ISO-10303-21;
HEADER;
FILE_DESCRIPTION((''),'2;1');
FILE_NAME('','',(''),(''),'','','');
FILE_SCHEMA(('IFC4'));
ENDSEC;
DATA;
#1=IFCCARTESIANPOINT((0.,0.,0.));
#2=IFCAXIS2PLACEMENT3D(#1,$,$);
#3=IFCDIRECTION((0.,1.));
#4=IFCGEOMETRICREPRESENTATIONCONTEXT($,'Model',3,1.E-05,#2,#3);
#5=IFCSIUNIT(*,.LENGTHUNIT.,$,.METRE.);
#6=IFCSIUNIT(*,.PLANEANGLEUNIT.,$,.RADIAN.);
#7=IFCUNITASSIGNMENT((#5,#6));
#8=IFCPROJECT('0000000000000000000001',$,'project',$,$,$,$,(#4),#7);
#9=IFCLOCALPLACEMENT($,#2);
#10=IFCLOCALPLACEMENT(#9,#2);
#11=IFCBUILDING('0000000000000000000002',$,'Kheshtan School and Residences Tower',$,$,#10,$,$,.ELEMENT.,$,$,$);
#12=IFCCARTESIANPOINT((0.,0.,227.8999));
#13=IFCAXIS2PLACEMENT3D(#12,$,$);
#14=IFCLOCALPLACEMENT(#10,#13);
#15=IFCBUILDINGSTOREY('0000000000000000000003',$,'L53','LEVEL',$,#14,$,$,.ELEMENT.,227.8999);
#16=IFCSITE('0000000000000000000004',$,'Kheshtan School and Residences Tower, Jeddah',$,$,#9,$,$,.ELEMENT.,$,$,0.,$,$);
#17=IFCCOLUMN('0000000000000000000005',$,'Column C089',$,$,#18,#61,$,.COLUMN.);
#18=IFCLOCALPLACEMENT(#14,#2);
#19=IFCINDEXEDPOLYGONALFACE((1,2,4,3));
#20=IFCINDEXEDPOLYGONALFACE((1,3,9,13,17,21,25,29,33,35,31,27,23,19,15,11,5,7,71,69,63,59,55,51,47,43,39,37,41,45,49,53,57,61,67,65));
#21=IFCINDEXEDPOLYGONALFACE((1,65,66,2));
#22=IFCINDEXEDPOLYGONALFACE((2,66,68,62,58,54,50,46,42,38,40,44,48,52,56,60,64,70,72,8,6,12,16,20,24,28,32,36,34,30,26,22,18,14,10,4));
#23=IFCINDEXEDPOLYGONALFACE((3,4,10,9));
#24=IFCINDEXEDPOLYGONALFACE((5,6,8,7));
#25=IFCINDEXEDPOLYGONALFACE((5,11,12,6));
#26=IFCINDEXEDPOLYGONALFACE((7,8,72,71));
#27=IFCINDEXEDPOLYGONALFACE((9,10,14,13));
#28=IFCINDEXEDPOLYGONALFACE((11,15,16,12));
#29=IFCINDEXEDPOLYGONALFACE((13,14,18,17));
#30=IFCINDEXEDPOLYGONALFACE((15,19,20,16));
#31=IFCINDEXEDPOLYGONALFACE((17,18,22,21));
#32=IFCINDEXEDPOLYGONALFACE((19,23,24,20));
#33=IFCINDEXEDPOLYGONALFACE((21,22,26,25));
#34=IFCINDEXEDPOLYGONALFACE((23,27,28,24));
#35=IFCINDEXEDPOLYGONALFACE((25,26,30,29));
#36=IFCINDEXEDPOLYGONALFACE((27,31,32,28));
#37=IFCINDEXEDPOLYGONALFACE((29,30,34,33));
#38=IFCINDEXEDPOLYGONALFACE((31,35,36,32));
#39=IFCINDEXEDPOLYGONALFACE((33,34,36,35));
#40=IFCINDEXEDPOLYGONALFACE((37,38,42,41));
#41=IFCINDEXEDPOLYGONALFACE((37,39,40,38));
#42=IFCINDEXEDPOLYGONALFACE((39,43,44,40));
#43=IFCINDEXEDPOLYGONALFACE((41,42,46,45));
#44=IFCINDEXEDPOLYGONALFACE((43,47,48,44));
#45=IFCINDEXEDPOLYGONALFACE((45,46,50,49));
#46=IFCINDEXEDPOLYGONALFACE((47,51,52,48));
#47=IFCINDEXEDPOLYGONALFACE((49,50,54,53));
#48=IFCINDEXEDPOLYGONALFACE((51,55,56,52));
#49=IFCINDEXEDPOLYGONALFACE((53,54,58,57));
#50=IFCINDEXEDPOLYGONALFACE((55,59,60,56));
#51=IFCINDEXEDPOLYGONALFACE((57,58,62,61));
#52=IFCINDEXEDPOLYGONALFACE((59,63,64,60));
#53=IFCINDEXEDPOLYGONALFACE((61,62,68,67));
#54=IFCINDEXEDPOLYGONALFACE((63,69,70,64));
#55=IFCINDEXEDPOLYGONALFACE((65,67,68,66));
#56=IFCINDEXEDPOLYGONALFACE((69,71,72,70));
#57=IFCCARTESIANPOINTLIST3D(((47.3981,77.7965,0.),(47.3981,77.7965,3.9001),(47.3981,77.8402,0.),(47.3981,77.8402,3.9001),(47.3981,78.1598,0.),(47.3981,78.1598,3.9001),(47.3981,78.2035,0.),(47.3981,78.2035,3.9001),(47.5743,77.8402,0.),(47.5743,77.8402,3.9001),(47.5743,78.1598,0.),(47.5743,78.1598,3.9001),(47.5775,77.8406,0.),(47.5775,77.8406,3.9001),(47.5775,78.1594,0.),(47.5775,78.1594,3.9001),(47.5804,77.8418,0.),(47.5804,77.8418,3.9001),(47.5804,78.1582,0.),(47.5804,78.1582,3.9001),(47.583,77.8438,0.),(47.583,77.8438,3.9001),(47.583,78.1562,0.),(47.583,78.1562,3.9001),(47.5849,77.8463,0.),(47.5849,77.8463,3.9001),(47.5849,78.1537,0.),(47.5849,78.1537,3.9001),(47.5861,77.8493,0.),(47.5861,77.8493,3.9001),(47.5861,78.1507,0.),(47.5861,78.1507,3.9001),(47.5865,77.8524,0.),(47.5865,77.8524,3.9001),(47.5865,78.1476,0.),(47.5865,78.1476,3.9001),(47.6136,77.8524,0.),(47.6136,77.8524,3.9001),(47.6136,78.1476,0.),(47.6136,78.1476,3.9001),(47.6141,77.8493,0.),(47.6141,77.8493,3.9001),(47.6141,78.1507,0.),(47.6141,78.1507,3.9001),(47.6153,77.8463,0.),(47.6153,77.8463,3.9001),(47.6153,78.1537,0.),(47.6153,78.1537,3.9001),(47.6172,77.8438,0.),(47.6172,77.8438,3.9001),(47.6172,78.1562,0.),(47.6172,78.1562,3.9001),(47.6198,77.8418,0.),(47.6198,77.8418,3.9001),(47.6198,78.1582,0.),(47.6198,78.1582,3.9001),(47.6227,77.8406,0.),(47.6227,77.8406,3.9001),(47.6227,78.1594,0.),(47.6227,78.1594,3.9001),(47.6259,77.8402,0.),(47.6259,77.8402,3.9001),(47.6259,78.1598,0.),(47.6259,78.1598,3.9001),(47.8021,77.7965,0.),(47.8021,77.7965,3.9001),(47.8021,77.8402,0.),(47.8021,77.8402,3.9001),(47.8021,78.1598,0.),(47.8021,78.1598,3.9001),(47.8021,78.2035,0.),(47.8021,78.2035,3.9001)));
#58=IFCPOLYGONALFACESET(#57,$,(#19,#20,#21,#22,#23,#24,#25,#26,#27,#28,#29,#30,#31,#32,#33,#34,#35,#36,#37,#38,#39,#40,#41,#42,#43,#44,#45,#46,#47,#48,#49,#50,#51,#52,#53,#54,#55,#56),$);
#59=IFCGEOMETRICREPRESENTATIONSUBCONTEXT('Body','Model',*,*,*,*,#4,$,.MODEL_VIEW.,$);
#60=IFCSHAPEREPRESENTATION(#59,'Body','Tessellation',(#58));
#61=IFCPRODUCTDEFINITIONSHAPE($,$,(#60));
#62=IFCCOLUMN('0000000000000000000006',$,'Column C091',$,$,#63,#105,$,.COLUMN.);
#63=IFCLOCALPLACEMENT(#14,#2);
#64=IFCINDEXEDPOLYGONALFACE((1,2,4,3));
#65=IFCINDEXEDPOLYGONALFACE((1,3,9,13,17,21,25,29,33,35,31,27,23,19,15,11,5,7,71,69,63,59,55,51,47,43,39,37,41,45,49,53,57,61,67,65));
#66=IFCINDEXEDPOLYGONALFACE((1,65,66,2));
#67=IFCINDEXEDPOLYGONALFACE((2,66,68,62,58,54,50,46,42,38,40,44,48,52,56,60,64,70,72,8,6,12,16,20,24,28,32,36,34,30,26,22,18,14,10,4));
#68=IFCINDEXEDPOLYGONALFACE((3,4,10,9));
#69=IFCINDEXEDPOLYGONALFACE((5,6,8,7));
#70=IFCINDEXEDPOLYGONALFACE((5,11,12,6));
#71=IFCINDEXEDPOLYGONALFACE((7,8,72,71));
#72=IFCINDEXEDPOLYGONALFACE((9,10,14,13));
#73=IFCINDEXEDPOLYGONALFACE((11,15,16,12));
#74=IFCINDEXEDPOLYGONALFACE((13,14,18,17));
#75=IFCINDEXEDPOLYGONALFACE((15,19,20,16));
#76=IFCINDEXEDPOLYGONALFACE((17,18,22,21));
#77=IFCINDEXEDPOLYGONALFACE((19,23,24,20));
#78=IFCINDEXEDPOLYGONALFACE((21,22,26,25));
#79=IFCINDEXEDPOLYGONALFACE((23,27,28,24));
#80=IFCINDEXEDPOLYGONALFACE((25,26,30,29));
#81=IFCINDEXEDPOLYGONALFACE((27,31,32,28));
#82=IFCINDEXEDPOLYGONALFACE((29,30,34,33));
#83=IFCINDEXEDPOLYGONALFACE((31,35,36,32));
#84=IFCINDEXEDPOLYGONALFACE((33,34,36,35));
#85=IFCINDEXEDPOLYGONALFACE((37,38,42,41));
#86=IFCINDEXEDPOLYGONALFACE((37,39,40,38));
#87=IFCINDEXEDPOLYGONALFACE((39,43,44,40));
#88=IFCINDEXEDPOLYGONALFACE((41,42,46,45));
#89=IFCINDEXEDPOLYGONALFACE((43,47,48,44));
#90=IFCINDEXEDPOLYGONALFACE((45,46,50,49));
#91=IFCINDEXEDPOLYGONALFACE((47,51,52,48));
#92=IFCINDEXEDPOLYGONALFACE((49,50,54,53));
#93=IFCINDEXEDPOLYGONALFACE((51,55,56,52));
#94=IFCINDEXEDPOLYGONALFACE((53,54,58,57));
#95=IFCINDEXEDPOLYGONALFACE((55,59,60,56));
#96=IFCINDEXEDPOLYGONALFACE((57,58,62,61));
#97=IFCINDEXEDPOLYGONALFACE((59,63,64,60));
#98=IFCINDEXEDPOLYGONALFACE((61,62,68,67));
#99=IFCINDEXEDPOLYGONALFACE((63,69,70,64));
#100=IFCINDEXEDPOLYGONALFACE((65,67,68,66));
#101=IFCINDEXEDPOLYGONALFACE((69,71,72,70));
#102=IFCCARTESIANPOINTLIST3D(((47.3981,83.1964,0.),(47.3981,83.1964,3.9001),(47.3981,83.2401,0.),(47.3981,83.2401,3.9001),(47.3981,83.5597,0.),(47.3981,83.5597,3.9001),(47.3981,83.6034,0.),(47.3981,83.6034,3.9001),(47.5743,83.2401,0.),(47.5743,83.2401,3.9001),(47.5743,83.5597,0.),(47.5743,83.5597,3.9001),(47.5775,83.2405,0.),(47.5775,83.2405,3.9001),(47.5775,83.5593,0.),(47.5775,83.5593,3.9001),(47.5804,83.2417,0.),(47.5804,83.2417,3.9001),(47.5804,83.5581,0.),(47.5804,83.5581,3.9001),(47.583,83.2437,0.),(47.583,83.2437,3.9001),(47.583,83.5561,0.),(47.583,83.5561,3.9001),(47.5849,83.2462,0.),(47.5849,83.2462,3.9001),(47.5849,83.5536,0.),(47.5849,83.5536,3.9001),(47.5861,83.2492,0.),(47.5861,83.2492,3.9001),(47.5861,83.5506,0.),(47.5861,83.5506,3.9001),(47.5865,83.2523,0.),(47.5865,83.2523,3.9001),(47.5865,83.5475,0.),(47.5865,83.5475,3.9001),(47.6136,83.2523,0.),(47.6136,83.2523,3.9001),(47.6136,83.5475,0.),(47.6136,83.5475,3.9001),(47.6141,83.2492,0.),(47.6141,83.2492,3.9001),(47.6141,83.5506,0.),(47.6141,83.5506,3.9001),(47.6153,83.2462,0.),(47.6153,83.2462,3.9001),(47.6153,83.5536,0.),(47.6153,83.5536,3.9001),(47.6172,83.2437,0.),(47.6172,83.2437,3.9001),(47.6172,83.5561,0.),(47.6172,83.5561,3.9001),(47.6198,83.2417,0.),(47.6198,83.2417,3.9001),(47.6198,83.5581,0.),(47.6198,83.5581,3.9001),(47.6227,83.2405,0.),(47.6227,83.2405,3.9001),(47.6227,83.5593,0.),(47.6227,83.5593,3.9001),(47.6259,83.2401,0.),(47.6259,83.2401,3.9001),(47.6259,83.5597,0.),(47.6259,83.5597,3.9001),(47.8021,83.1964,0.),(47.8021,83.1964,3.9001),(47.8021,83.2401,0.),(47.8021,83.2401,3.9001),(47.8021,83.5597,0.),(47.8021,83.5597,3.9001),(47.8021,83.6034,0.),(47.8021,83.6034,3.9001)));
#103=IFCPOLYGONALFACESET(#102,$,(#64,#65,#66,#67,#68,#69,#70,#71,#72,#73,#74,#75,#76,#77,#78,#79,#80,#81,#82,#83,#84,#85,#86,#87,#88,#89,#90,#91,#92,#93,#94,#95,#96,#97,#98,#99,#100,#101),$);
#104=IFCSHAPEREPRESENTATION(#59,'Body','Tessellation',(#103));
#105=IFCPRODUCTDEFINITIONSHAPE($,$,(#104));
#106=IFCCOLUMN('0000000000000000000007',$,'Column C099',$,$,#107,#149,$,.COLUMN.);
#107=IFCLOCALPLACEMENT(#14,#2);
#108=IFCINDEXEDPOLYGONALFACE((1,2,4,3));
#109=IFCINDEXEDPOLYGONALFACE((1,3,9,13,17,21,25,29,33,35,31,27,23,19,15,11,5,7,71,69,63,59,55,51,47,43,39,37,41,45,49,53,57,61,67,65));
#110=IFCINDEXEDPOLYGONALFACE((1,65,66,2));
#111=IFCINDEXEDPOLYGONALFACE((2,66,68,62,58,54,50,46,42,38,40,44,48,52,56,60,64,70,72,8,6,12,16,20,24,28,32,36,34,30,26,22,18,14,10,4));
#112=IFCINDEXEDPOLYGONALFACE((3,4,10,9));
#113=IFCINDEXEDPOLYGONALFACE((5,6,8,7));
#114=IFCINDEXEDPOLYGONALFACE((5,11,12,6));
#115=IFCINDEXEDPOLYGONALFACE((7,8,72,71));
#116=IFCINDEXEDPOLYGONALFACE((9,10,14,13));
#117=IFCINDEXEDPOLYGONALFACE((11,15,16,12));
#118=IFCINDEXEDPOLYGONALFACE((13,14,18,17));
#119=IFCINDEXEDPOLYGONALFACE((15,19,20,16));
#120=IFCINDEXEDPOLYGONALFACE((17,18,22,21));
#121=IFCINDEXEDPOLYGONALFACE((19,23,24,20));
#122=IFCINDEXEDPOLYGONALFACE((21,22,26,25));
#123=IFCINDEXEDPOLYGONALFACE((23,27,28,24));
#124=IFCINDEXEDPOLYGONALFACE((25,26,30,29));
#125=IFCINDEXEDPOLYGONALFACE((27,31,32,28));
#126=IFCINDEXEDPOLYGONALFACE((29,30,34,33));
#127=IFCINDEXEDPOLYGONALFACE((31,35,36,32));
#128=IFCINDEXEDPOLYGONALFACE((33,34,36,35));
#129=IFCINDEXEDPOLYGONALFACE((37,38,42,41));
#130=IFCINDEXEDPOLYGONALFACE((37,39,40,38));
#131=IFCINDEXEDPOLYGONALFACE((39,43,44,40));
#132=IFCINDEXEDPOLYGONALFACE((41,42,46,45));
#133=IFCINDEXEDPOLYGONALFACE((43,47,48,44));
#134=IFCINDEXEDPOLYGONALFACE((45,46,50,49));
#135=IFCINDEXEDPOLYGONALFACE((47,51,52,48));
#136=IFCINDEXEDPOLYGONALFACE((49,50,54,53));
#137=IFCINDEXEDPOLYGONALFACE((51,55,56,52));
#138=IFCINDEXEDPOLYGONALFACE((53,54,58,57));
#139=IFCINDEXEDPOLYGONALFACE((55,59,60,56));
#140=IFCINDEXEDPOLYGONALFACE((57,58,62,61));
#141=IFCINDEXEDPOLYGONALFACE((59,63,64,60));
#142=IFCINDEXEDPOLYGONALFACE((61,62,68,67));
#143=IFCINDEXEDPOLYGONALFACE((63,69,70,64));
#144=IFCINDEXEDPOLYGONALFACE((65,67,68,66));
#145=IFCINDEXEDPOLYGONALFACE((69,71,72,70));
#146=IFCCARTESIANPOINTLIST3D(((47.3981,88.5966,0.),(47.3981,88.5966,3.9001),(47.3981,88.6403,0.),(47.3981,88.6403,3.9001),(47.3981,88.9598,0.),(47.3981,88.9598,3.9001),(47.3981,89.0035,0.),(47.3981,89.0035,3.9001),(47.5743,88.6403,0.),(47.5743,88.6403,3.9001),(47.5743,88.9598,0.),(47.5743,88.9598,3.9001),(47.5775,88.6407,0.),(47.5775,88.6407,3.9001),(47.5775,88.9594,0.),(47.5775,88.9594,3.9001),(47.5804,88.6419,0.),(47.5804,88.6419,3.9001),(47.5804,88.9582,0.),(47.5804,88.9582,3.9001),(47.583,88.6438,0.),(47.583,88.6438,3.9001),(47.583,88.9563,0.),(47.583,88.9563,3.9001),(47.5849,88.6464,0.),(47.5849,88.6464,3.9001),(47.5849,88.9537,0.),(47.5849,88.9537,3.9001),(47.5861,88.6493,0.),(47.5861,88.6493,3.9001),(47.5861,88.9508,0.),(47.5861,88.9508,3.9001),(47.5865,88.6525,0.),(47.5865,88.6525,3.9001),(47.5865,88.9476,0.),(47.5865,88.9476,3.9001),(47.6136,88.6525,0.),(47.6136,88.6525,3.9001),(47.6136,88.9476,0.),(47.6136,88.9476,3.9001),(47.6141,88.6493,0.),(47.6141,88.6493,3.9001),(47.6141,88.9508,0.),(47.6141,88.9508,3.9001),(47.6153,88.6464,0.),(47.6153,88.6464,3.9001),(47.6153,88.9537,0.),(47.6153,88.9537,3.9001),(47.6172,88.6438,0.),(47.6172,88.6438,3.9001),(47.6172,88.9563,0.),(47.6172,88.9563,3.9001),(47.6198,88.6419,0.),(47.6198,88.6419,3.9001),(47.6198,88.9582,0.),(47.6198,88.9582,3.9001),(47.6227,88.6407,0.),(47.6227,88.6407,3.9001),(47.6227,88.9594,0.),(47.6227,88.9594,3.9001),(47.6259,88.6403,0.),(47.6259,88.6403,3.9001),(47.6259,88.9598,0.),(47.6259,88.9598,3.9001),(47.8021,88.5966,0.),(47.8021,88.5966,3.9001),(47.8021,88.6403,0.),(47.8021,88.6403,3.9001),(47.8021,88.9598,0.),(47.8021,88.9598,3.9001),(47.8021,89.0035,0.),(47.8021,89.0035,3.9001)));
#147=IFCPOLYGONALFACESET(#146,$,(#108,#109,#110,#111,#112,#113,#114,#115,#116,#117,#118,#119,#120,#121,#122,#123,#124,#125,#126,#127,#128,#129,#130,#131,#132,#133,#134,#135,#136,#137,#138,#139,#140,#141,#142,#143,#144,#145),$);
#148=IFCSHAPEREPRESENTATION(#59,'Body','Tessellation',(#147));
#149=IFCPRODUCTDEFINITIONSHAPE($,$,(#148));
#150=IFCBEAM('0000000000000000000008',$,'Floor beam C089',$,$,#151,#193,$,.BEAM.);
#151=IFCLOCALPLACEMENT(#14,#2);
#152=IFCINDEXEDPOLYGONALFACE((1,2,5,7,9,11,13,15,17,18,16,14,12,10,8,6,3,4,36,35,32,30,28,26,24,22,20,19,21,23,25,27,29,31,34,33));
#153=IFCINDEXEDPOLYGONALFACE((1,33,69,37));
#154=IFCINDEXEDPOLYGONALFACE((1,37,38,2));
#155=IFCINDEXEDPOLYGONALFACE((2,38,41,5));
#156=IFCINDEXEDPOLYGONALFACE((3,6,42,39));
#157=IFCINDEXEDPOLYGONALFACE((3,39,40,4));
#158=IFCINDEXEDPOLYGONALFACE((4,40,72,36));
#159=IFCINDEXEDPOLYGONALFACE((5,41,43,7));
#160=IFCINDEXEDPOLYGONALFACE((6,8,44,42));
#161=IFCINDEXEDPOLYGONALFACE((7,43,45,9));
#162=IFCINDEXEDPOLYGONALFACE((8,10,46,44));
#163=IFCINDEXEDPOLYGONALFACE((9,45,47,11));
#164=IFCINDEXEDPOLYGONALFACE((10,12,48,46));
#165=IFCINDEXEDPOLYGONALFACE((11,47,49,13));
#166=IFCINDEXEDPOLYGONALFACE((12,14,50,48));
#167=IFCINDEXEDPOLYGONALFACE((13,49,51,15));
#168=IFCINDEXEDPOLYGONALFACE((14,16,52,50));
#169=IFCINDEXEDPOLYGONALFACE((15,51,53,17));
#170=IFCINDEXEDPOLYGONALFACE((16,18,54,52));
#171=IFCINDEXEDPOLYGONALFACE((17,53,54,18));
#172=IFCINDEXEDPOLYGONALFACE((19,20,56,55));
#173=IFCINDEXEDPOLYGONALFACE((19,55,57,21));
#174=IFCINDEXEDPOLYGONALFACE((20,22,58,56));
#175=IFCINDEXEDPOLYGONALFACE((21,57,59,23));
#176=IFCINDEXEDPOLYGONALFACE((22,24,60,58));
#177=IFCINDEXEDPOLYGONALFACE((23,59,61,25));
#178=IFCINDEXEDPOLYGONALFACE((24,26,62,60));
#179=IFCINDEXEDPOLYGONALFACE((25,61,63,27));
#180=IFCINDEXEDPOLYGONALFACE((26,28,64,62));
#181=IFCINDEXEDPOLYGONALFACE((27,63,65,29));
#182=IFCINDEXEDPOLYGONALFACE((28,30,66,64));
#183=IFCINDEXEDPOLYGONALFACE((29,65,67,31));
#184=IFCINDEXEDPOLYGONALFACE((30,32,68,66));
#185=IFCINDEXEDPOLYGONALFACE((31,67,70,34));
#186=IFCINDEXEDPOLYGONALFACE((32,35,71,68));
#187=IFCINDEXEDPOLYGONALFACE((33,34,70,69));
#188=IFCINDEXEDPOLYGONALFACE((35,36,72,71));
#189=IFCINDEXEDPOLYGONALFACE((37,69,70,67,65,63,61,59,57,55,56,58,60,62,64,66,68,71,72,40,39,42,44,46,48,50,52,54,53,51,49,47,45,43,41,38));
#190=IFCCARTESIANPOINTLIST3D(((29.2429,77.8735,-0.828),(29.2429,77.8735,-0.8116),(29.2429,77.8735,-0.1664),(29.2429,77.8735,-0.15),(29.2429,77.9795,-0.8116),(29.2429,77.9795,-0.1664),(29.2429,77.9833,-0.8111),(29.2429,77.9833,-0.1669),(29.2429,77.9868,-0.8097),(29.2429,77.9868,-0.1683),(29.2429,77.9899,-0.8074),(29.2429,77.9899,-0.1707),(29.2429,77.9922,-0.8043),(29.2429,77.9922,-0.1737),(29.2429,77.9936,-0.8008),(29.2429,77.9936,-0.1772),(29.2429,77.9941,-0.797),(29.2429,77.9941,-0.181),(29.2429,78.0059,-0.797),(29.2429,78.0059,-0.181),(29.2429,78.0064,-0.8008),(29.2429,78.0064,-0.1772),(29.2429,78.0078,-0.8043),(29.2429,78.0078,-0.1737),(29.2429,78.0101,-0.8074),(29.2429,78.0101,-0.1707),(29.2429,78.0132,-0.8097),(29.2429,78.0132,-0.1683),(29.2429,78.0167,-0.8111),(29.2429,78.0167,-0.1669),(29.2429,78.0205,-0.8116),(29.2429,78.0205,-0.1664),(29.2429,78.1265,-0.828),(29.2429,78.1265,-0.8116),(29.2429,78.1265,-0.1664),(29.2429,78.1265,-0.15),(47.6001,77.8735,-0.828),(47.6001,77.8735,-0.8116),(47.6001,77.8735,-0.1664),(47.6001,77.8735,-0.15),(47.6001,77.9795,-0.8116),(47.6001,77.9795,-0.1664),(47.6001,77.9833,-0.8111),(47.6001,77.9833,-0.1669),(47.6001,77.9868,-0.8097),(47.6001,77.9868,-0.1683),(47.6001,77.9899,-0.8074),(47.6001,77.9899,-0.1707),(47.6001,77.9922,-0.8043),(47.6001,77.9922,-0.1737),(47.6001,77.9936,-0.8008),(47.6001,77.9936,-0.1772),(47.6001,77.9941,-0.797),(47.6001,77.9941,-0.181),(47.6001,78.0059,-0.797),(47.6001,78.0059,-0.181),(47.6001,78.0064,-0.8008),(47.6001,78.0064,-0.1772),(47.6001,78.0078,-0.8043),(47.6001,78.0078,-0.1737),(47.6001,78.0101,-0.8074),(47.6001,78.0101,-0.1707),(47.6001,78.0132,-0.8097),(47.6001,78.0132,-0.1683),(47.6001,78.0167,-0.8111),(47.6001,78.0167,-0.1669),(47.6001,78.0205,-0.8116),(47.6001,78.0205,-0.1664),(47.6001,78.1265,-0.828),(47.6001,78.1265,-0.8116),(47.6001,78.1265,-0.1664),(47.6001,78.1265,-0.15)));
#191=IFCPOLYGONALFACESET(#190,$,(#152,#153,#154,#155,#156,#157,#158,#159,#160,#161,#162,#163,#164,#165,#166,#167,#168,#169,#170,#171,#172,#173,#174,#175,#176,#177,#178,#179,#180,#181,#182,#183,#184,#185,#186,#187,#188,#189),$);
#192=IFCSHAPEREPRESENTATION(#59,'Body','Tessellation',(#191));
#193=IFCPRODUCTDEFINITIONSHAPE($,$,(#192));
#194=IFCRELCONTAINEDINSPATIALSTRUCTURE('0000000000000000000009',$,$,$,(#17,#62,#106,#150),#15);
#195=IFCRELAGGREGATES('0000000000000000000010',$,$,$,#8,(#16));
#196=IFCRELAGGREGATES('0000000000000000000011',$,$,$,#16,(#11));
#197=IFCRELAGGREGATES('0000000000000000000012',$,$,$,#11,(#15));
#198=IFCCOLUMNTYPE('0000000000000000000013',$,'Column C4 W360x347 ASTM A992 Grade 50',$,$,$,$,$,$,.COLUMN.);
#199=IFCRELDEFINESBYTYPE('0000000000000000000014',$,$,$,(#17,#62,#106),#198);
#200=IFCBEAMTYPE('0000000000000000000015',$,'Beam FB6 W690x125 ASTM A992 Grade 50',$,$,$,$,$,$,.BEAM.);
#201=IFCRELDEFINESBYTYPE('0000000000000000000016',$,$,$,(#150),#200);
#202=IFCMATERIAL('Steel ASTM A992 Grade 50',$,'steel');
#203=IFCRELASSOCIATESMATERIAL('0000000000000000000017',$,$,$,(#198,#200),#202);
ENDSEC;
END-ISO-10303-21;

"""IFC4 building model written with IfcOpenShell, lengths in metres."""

from ifc_helpers import new_model, si_unit, direction, frame, origin, origin_2d, place, context, subcontext, project, spatial, i_section, extrude, material, material_profile, profile_set, type_object, element, save


model = new_model("IFC4")

# Units and contexts
model_context = context("Model", 3, precision=1e-05, world=origin(), true_north=direction((0.0, 1.0)))
body_context = subcontext(model_context, "Body", "Model", "MODEL_VIEW")
ifc_project = project(units=[si_unit("LENGTHUNIT", "METRE"), si_unit("PLANEANGLEUNIT", "RADIAN")], contexts=[model_context])

# Site, building, storey
site_placement = place(None, origin())
site = spatial("IfcSite", under=ifc_project, at=site_placement, Name="Kheshtan School and Residences Tower, Jeddah", CompositionType="ELEMENT", RefElevation=0.0)
building_placement = place(site_placement, origin())
building = spatial("IfcBuilding", under=site, at=building_placement, Name="Kheshtan School and Residences Tower", CompositionType="ELEMENT")
storey_placement = place(building_placement, frame((0.0, 0.0, 227.8999)))
storey = spatial("IfcBuildingStorey", under=building, at=storey_placement, Name="L53", Description="LEVEL", CompositionType="ELEMENT", Elevation=227.8999)

# Columns
ifc_material_1 = material(Name="Steel ASTM A992 Grade 50", Category="steel")
ifc_material_profile_1 = material_profile(ifc_material_1, i_section(OverallWidth=0.4041, OverallDepth=0.407, WebThickness=0.0271, FlangeThickness=0.0437, FilletRadius=0.0122, at=origin_2d()), Name="W360x347")
ifc_profile_set_1 = profile_set([ifc_material_profile_1], Name="Steel ASTM A992 Grade 50")
column_type = type_object("IfcColumnType", Name="Column C4 W360x347 ASTM A992 Grade 50", PredefinedType="COLUMN", material=ifc_profile_set_1)
for number, where, z_axis, x_axis, name in (
    (1, (47.6001, 78.0, 0.0), (0.0, 0.0, 1.0), (1.0, 0.0, 0.0), "Column C089"),
    (2, (47.6001, 83.3999, 0.0), (0.0, 0.0, 1.0), (1.0, 0.0, 0.0), "Column C091"),
    (3, (47.6001, 88.8, 0.0), (0.0, 0.0, 1.0), (1.0, 0.0, 0.0), "Column C099"),
):
    element("IfcColumn", number, at=place(storey_placement, frame(where, z_axis=z_axis, x_axis=x_axis)), inside=storey, type_object=column_type, Name=name, PredefinedType="COLUMN", context=body_context, shape_type="SweptSolid", body=[
        extrude(i_section(OverallWidth=0.4041, OverallDepth=0.407, WebThickness=0.0271, FlangeThickness=0.0437, FilletRadius=0.0122, at=origin_2d()), origin(), (0.0, 0.0, 1.0), 3.9001),
    ])

# Beam
ifc_material_profile_2 = material_profile(ifc_material_1, i_section(OverallWidth=0.2529, OverallDepth=0.678, WebThickness=0.0117, FlangeThickness=0.0164, FilletRadius=0.0146, at=origin_2d()), Name="W690x125")
ifc_profile_set_2 = profile_set([ifc_material_profile_2], Name="Steel ASTM A992 Grade 50")
beam_type_1 = type_object("IfcBeamType", Name="Beam FB6 W690x125 ASTM A992 Grade 50", PredefinedType="BEAM", material=ifc_profile_set_2)
beam_1_placement = place(storey_placement, frame((47.6001, 78.0, -0.489), z_axis=(-1.0, 0.0, 0.0), x_axis=(0.0, -1.0, 0.0)))
element("IfcBeam", 4, at=beam_1_placement, inside=storey, type_object=beam_type_1, Name="Floor beam C089", PredefinedType="BEAM", context=body_context, shape_type="SweptSolid", body=[
    extrude(i_section(OverallWidth=0.2529, OverallDepth=0.678, WebThickness=0.0117, FlangeThickness=0.0164, FilletRadius=0.0146, at=origin_2d()), origin(), (0.0, 0.0, 1.0), 18.3572),
])

save(model, "model.ifc")
